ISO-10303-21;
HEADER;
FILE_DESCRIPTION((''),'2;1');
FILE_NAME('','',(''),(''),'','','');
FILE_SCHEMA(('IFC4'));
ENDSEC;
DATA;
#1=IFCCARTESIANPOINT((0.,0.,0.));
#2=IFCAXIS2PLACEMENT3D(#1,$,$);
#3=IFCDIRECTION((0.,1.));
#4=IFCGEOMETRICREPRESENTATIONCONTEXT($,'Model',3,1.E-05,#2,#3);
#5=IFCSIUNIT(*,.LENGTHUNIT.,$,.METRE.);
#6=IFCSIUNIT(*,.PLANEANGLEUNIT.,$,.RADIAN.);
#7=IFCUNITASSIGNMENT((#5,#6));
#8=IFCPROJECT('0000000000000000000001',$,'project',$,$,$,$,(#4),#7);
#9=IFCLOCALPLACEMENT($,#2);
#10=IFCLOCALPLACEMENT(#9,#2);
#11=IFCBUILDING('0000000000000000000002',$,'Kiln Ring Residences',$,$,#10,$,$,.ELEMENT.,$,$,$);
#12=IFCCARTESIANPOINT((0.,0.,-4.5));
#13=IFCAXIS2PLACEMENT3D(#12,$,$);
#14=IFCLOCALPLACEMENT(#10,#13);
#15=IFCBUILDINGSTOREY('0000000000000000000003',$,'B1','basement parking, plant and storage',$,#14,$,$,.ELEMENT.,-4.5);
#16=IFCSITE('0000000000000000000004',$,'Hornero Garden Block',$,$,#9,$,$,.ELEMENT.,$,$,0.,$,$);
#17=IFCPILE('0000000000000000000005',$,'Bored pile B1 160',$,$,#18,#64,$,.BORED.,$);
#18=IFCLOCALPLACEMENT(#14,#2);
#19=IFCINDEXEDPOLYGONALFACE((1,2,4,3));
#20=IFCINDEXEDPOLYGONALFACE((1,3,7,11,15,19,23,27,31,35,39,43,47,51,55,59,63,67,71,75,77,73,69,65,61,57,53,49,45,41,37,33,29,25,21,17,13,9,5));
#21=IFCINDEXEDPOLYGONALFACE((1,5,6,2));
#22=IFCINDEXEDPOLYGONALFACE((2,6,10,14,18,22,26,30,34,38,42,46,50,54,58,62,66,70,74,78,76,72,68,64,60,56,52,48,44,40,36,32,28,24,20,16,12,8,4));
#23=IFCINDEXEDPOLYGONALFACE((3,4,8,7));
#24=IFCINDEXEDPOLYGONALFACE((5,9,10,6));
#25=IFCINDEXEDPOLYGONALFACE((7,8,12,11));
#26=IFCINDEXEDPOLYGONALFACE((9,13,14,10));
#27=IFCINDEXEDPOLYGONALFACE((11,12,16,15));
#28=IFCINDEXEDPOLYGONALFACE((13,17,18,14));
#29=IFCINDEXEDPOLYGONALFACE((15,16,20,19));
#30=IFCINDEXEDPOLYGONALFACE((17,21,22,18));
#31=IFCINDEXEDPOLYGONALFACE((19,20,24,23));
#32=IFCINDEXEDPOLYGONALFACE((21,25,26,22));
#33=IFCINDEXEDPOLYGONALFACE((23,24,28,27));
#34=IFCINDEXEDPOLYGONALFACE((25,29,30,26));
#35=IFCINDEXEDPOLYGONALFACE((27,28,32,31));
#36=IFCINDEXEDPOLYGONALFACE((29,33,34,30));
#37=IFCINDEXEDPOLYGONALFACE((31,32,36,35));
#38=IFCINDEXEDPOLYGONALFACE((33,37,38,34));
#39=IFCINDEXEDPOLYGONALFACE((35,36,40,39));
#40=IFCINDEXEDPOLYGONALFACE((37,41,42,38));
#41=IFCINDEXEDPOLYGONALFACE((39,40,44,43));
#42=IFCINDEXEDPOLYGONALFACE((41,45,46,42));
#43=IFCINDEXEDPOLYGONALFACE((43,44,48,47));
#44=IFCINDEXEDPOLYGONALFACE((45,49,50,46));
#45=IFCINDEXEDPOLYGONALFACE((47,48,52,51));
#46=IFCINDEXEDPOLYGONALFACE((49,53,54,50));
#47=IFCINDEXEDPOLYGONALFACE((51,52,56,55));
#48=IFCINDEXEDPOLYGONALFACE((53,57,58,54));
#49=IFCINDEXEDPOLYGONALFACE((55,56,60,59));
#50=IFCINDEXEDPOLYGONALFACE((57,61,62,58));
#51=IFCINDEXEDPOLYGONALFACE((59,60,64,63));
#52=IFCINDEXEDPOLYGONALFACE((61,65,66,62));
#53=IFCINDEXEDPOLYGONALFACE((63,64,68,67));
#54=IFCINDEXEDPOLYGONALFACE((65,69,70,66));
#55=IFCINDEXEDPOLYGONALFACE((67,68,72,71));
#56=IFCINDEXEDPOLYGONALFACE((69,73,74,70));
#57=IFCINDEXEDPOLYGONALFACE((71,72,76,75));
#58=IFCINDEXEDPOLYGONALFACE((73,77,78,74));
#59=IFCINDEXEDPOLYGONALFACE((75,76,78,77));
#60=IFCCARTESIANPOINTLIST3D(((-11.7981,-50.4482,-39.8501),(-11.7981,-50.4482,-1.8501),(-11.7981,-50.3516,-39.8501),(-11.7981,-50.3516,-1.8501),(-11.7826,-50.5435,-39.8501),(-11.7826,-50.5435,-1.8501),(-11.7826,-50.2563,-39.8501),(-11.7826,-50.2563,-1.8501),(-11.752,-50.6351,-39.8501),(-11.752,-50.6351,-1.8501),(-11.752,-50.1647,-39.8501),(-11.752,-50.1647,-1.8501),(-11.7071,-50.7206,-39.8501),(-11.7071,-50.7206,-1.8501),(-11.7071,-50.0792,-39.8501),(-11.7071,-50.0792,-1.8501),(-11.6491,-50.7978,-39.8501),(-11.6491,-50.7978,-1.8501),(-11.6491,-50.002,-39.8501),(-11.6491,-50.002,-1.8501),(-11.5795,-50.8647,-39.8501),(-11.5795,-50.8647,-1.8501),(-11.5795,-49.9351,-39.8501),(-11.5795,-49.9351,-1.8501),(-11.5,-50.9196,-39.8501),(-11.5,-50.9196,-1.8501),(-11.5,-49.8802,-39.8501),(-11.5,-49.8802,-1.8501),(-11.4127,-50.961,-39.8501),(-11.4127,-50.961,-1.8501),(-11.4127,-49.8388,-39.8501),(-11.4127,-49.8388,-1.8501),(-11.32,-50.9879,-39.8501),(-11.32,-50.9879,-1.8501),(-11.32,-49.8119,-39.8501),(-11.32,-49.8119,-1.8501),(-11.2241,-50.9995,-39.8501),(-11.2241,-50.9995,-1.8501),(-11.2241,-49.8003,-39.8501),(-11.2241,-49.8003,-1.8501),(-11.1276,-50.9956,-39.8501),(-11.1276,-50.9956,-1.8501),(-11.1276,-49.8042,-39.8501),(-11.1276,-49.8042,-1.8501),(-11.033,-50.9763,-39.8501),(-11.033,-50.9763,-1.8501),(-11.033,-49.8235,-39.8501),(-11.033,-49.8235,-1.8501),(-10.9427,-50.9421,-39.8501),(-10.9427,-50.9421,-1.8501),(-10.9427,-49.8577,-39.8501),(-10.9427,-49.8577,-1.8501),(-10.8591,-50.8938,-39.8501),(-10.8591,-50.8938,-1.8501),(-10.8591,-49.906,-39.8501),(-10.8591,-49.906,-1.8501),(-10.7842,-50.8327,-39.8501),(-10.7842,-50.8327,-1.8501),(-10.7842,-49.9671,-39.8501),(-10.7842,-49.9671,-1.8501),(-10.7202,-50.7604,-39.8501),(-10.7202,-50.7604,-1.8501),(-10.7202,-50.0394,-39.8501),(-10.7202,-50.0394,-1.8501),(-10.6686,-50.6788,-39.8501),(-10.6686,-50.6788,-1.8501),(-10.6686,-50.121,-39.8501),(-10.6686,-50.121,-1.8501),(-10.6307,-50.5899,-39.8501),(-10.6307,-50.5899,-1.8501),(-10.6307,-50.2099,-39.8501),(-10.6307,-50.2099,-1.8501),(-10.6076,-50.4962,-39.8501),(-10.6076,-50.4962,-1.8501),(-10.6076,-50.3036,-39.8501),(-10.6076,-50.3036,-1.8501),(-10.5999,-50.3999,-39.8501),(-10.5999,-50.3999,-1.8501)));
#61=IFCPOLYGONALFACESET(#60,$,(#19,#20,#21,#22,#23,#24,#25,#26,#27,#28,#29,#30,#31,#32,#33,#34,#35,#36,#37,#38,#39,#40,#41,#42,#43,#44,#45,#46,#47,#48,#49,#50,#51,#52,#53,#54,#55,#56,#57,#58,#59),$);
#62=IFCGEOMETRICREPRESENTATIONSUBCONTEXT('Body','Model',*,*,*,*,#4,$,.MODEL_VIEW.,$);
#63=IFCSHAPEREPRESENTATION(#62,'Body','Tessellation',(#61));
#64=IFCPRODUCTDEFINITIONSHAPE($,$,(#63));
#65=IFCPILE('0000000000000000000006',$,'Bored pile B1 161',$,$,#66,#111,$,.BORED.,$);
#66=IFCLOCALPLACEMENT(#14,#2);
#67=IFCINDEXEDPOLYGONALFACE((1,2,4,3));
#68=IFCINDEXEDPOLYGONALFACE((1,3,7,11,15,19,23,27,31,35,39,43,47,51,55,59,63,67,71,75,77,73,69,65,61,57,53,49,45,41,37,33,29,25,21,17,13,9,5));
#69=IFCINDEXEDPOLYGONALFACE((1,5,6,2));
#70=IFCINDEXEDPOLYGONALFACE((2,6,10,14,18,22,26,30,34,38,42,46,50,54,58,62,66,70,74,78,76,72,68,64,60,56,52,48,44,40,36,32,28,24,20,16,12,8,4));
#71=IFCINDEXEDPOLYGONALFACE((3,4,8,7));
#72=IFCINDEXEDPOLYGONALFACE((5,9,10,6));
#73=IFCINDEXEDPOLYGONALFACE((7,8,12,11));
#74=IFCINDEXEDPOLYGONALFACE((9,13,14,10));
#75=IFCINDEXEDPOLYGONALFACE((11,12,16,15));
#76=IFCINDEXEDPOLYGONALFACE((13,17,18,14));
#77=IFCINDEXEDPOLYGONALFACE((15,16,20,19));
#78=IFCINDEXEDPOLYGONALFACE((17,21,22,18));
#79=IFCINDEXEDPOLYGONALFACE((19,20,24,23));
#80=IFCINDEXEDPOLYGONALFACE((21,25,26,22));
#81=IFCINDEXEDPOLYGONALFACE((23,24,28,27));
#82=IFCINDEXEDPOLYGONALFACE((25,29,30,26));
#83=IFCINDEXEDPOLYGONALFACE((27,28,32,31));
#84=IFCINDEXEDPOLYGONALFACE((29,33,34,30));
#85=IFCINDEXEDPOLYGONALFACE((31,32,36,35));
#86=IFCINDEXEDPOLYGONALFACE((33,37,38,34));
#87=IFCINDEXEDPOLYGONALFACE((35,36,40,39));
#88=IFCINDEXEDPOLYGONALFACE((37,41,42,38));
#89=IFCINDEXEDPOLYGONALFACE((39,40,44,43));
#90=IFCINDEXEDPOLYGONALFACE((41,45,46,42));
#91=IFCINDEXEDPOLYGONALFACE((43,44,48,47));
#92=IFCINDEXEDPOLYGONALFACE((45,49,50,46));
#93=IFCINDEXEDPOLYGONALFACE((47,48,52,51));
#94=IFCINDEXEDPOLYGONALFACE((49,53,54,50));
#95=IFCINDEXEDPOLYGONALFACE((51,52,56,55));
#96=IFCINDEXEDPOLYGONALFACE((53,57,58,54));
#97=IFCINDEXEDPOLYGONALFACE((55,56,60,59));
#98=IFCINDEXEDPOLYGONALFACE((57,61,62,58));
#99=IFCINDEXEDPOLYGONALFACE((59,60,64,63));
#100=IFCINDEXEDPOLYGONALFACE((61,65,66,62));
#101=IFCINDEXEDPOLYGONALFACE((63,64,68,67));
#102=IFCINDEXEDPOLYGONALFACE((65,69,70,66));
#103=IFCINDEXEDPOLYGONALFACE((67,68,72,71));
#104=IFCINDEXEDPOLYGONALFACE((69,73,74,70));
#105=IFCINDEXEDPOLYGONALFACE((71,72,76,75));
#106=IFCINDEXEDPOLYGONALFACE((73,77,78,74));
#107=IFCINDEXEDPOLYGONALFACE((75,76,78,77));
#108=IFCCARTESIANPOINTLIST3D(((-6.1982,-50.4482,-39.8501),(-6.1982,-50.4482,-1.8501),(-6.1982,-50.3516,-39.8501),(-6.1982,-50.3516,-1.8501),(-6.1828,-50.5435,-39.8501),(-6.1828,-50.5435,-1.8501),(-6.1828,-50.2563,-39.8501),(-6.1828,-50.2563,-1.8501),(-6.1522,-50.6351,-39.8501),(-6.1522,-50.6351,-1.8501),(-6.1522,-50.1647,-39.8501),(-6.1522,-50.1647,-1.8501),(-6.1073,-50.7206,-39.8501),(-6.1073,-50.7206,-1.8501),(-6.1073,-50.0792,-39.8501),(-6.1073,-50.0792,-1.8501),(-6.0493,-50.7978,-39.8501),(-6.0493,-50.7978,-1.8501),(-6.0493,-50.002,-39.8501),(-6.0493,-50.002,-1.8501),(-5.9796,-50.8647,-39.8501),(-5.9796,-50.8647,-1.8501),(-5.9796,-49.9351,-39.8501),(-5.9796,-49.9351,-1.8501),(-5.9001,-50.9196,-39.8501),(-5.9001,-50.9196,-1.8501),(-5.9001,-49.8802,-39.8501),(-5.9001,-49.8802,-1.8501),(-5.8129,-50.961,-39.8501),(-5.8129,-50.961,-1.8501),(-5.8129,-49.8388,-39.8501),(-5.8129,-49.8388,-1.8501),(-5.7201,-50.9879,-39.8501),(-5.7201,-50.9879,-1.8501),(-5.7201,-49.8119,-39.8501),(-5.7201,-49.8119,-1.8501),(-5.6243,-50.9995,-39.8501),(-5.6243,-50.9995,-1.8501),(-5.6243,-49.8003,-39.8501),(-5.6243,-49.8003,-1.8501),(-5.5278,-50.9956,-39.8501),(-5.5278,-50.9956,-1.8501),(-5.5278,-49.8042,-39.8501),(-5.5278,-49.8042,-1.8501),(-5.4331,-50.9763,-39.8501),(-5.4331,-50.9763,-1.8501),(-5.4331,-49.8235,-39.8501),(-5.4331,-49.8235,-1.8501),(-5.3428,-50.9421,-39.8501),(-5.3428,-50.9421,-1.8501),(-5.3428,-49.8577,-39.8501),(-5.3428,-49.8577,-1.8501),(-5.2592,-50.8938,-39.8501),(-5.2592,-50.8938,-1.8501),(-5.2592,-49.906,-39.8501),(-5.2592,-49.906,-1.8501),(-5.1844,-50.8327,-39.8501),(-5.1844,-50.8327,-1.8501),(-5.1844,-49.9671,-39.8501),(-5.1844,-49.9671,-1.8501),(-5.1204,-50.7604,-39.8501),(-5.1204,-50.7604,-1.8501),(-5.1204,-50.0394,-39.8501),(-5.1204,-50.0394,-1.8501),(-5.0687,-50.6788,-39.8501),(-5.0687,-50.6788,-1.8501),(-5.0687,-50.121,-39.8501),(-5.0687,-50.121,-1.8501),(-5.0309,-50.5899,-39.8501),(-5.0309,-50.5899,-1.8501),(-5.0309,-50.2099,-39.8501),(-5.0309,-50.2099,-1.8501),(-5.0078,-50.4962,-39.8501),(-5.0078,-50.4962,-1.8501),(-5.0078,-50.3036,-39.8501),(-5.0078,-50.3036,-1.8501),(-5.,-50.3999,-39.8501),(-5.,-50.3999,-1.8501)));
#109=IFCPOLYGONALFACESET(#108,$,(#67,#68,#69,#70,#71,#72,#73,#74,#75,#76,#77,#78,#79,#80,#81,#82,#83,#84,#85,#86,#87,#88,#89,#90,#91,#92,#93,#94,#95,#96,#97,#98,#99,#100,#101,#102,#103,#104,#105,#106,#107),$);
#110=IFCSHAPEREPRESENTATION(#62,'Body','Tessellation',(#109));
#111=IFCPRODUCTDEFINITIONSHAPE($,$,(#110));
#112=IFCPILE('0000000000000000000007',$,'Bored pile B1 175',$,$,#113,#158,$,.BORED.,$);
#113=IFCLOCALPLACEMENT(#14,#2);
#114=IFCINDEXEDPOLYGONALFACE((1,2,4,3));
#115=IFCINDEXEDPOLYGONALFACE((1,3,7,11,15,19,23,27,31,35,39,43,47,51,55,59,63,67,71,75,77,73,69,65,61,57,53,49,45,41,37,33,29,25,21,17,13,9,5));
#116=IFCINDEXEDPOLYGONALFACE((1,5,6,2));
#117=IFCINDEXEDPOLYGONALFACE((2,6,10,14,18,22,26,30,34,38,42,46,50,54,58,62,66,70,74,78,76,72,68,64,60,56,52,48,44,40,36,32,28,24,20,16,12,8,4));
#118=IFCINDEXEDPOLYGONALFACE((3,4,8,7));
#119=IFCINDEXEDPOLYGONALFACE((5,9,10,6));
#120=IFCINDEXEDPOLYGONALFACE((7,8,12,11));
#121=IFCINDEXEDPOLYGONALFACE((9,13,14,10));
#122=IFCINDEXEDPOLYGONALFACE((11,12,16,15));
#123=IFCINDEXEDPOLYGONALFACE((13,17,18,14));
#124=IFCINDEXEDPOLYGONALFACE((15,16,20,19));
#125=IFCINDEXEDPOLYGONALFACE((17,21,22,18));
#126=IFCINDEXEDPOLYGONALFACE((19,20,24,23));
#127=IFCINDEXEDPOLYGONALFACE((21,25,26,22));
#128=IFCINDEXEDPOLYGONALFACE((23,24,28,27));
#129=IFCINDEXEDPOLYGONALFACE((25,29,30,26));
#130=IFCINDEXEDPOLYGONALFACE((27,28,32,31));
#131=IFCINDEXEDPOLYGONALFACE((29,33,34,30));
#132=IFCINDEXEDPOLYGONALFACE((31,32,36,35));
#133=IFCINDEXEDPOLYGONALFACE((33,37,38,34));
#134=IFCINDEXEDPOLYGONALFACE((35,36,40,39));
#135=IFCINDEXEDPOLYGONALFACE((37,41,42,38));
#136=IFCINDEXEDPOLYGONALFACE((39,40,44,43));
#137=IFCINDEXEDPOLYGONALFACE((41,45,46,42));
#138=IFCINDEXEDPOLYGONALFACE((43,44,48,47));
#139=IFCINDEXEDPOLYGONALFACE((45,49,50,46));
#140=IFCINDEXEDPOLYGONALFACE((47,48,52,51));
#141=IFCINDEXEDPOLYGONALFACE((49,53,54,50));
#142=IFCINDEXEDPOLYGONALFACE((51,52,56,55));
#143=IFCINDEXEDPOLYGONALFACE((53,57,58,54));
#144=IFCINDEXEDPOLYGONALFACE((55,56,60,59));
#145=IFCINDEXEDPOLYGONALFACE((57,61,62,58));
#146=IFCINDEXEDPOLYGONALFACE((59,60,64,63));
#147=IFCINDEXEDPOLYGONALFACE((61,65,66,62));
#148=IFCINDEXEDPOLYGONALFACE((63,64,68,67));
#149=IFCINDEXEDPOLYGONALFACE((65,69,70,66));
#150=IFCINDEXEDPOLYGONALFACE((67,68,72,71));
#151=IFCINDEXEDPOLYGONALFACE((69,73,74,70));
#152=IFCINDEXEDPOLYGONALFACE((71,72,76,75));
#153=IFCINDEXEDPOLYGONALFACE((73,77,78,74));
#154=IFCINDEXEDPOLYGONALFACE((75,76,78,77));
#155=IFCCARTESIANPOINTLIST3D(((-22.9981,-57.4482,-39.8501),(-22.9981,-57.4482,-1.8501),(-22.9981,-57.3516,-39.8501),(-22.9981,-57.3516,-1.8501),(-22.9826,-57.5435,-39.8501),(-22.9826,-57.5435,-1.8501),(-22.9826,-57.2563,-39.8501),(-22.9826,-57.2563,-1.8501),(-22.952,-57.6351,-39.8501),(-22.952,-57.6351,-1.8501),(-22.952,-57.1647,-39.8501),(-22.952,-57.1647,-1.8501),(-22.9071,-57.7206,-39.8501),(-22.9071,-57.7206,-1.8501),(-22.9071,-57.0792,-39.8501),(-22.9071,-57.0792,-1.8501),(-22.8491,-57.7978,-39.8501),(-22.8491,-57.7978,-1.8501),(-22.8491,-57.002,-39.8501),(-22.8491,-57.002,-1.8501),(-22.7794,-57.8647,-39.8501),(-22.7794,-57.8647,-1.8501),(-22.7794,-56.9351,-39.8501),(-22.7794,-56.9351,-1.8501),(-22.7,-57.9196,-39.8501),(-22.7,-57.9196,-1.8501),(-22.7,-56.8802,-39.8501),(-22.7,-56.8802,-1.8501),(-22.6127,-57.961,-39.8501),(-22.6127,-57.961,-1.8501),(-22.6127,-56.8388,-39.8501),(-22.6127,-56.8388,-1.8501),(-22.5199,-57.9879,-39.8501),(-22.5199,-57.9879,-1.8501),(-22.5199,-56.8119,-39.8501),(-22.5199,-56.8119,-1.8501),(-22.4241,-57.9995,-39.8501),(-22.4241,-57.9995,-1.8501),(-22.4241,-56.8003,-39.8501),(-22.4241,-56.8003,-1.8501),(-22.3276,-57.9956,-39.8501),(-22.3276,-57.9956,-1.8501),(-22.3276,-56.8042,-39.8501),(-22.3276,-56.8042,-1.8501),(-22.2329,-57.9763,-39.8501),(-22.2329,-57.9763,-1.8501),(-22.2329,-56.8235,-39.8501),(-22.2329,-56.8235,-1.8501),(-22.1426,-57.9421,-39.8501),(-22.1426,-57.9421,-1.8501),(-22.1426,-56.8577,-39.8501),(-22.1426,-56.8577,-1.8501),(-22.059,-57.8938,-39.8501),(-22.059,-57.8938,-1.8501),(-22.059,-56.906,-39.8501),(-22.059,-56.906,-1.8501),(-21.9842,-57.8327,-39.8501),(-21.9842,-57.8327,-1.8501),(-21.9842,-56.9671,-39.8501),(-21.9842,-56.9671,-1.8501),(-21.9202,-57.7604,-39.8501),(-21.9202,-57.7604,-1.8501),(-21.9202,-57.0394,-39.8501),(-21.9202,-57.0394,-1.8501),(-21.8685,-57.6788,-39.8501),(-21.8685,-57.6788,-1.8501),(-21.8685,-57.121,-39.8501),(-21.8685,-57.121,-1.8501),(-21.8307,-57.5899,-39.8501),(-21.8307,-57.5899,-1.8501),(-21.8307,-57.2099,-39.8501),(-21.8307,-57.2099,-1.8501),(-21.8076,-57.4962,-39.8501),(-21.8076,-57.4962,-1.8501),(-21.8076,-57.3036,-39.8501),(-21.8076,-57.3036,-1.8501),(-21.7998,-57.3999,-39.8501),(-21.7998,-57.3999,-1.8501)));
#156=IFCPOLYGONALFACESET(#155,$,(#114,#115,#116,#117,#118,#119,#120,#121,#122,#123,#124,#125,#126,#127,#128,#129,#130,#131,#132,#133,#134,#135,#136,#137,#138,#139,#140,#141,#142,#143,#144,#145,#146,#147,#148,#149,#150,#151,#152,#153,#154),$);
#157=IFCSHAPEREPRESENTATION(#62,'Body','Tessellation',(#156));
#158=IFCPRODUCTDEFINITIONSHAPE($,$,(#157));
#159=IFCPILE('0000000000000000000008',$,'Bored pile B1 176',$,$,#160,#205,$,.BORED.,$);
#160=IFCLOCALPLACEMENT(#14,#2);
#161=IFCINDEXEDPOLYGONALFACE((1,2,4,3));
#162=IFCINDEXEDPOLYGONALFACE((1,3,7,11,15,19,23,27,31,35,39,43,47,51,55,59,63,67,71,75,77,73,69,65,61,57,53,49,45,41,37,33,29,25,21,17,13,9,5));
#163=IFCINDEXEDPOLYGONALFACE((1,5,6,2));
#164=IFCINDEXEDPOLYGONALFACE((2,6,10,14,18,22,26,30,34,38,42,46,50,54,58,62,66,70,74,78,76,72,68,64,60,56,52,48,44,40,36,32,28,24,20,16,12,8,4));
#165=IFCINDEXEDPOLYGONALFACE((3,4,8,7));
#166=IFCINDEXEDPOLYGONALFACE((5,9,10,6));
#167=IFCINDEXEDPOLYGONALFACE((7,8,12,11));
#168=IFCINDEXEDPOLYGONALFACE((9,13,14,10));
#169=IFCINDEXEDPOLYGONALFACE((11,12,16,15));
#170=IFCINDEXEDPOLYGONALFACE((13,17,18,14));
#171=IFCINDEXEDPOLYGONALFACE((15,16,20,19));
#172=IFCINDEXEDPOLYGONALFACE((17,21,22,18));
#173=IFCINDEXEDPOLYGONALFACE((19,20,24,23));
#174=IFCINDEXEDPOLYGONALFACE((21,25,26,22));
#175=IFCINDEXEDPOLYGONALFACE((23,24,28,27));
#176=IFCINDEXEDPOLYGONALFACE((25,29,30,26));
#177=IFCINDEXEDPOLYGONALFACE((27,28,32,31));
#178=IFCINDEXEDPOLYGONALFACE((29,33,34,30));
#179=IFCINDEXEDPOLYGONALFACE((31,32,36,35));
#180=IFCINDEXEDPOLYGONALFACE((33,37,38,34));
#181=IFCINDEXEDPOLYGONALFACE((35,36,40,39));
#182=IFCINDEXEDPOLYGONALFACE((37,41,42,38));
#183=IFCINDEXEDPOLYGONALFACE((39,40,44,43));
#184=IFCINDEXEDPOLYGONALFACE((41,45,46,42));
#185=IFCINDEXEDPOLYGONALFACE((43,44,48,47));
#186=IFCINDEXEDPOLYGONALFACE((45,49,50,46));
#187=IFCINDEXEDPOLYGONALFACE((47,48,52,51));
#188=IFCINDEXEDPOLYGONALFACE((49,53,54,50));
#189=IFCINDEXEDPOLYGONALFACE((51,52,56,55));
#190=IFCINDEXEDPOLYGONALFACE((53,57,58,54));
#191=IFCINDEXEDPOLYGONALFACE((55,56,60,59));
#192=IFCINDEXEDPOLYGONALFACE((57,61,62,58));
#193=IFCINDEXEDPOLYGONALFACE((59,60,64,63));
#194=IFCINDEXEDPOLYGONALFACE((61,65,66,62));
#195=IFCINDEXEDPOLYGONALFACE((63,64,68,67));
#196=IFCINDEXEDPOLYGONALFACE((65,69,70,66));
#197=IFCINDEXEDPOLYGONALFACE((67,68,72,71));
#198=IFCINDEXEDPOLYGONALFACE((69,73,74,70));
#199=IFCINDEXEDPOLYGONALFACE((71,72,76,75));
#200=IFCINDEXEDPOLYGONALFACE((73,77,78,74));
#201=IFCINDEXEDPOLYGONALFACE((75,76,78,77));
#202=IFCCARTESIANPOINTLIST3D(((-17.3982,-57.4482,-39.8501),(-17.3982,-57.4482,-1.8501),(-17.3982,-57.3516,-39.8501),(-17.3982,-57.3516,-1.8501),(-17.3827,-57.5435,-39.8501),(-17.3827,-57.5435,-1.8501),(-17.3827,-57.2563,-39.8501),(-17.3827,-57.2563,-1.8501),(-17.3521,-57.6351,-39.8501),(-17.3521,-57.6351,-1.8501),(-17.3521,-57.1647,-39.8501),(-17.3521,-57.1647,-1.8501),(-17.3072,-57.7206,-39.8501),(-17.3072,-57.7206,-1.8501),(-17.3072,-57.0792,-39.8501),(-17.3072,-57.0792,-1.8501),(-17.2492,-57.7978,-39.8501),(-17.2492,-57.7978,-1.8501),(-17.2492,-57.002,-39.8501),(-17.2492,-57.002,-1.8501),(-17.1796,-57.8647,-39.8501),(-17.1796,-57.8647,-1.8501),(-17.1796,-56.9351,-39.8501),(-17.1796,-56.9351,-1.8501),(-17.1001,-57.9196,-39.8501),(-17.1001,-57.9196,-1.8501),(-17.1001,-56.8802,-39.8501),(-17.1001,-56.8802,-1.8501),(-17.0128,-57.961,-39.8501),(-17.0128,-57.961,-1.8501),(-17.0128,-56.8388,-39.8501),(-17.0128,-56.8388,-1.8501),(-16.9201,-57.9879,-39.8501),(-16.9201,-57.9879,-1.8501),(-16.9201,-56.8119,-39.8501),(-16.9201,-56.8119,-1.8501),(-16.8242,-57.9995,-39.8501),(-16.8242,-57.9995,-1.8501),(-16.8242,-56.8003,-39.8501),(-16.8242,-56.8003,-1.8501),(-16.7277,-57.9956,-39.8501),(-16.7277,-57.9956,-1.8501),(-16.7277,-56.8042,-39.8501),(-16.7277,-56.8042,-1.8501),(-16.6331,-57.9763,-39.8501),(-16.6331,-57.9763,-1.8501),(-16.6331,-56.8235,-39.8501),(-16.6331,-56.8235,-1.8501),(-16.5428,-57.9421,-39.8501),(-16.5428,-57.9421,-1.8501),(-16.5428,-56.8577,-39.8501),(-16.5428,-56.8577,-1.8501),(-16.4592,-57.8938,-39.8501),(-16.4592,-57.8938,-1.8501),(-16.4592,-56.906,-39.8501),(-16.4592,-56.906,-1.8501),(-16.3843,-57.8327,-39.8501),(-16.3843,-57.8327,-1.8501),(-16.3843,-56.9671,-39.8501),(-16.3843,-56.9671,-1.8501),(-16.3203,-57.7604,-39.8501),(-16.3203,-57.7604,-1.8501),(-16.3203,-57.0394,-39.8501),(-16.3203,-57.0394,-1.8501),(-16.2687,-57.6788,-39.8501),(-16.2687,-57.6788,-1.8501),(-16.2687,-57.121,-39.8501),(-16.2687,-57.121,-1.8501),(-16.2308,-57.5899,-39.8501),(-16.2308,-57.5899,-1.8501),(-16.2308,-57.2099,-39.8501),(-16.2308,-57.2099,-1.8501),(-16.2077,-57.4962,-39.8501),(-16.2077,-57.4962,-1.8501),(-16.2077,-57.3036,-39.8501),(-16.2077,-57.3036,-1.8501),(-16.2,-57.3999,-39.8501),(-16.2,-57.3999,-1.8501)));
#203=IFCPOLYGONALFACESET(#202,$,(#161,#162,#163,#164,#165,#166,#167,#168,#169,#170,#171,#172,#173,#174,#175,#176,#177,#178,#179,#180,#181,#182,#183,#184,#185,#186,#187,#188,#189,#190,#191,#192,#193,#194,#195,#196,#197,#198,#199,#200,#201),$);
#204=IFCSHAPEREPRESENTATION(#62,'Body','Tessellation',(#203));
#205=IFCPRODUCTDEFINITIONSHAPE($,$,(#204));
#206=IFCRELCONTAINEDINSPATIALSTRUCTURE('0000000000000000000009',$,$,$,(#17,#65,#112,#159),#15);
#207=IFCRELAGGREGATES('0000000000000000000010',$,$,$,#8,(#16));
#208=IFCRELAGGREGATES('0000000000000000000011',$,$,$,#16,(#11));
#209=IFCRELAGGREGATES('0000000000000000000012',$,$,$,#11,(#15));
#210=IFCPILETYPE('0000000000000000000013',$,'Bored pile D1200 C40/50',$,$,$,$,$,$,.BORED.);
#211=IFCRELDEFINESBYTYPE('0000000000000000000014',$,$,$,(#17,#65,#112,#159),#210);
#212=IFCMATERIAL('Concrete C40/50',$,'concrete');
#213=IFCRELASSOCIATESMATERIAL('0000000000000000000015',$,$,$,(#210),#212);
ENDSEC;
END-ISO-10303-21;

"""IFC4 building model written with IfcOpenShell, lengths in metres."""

from ifc_helpers import new_model, si_unit, direction, frame, origin, origin_2d, place, context, subcontext, project, spatial, circle, extrude, material, material_profile, profile_set, type_object, element, save


model = new_model("IFC4")

# Units and contexts
model_context = context("Model", 3, precision=1e-05, world=origin(), true_north=direction((0.0, 1.0)))
body_context = subcontext(model_context, "Body", "Model", "MODEL_VIEW")
ifc_project = project(units=[si_unit("LENGTHUNIT", "METRE"), si_unit("PLANEANGLEUNIT", "RADIAN")], contexts=[model_context])

# Site, building, storey
site_placement = place(None, origin())
site = spatial("IfcSite", under=ifc_project, at=site_placement, Name="Hornero Garden Block", CompositionType="ELEMENT", RefElevation=0.0)
building_placement = place(site_placement, origin())
building = spatial("IfcBuilding", under=site, at=building_placement, Name="Kiln Ring Residences", CompositionType="ELEMENT")
storey_placement = place(building_placement, frame((0.0, 0.0, -4.5)))
storey = spatial("IfcBuildingStorey", under=building, at=storey_placement, Name="B1", Description="basement parking, plant and storage", CompositionType="ELEMENT", Elevation=-4.5)

# Piles
ifc_material_1 = material(Name="Concrete C40/50", Category="concrete")
ifc_material_profile_1 = material_profile(ifc_material_1, circle(Radius=0.6001, at=origin_2d()), Name="BORED1200")
ifc_profile_set_1 = profile_set([ifc_material_profile_1], Name="Concrete C40/50")
pile_type = type_object("IfcPileType", Name="Bored pile D1200 C40/50", PredefinedType="BORED", material=ifc_profile_set_1)
for number, where, z_axis, x_axis, name in (
    (1, (-11.2, -50.3999, -1.8501), (0.0, 0.0, -1.0), (1.0, 0.0, 0.0), "Bored pile B1 160"),
    (2, (-5.6001, -50.3999, -1.8501), (0.0, 0.0, -1.0), (1.0, 0.0, 0.0), "Bored pile B1 161"),
    (3, (-22.3999, -57.3999, -1.8501), (0.0, 0.0, -1.0), (1.0, 0.0, 0.0), "Bored pile B1 175"),
    (4, (-16.8, -57.3999, -1.8501), (0.0, 0.0, -1.0), (1.0, 0.0, 0.0), "Bored pile B1 176"),
):
    element("IfcPile", number, at=place(storey_placement, frame(where, z_axis=z_axis, x_axis=x_axis)), inside=storey, type_object=pile_type, Name=name, PredefinedType="BORED", context=body_context, shape_type="SweptSolid", body=[
        extrude(circle(Radius=0.6001, at=origin_2d()), origin(), (0.0, 0.0, 1.0), 38.0),
    ])

save(model, "model.ifc")
